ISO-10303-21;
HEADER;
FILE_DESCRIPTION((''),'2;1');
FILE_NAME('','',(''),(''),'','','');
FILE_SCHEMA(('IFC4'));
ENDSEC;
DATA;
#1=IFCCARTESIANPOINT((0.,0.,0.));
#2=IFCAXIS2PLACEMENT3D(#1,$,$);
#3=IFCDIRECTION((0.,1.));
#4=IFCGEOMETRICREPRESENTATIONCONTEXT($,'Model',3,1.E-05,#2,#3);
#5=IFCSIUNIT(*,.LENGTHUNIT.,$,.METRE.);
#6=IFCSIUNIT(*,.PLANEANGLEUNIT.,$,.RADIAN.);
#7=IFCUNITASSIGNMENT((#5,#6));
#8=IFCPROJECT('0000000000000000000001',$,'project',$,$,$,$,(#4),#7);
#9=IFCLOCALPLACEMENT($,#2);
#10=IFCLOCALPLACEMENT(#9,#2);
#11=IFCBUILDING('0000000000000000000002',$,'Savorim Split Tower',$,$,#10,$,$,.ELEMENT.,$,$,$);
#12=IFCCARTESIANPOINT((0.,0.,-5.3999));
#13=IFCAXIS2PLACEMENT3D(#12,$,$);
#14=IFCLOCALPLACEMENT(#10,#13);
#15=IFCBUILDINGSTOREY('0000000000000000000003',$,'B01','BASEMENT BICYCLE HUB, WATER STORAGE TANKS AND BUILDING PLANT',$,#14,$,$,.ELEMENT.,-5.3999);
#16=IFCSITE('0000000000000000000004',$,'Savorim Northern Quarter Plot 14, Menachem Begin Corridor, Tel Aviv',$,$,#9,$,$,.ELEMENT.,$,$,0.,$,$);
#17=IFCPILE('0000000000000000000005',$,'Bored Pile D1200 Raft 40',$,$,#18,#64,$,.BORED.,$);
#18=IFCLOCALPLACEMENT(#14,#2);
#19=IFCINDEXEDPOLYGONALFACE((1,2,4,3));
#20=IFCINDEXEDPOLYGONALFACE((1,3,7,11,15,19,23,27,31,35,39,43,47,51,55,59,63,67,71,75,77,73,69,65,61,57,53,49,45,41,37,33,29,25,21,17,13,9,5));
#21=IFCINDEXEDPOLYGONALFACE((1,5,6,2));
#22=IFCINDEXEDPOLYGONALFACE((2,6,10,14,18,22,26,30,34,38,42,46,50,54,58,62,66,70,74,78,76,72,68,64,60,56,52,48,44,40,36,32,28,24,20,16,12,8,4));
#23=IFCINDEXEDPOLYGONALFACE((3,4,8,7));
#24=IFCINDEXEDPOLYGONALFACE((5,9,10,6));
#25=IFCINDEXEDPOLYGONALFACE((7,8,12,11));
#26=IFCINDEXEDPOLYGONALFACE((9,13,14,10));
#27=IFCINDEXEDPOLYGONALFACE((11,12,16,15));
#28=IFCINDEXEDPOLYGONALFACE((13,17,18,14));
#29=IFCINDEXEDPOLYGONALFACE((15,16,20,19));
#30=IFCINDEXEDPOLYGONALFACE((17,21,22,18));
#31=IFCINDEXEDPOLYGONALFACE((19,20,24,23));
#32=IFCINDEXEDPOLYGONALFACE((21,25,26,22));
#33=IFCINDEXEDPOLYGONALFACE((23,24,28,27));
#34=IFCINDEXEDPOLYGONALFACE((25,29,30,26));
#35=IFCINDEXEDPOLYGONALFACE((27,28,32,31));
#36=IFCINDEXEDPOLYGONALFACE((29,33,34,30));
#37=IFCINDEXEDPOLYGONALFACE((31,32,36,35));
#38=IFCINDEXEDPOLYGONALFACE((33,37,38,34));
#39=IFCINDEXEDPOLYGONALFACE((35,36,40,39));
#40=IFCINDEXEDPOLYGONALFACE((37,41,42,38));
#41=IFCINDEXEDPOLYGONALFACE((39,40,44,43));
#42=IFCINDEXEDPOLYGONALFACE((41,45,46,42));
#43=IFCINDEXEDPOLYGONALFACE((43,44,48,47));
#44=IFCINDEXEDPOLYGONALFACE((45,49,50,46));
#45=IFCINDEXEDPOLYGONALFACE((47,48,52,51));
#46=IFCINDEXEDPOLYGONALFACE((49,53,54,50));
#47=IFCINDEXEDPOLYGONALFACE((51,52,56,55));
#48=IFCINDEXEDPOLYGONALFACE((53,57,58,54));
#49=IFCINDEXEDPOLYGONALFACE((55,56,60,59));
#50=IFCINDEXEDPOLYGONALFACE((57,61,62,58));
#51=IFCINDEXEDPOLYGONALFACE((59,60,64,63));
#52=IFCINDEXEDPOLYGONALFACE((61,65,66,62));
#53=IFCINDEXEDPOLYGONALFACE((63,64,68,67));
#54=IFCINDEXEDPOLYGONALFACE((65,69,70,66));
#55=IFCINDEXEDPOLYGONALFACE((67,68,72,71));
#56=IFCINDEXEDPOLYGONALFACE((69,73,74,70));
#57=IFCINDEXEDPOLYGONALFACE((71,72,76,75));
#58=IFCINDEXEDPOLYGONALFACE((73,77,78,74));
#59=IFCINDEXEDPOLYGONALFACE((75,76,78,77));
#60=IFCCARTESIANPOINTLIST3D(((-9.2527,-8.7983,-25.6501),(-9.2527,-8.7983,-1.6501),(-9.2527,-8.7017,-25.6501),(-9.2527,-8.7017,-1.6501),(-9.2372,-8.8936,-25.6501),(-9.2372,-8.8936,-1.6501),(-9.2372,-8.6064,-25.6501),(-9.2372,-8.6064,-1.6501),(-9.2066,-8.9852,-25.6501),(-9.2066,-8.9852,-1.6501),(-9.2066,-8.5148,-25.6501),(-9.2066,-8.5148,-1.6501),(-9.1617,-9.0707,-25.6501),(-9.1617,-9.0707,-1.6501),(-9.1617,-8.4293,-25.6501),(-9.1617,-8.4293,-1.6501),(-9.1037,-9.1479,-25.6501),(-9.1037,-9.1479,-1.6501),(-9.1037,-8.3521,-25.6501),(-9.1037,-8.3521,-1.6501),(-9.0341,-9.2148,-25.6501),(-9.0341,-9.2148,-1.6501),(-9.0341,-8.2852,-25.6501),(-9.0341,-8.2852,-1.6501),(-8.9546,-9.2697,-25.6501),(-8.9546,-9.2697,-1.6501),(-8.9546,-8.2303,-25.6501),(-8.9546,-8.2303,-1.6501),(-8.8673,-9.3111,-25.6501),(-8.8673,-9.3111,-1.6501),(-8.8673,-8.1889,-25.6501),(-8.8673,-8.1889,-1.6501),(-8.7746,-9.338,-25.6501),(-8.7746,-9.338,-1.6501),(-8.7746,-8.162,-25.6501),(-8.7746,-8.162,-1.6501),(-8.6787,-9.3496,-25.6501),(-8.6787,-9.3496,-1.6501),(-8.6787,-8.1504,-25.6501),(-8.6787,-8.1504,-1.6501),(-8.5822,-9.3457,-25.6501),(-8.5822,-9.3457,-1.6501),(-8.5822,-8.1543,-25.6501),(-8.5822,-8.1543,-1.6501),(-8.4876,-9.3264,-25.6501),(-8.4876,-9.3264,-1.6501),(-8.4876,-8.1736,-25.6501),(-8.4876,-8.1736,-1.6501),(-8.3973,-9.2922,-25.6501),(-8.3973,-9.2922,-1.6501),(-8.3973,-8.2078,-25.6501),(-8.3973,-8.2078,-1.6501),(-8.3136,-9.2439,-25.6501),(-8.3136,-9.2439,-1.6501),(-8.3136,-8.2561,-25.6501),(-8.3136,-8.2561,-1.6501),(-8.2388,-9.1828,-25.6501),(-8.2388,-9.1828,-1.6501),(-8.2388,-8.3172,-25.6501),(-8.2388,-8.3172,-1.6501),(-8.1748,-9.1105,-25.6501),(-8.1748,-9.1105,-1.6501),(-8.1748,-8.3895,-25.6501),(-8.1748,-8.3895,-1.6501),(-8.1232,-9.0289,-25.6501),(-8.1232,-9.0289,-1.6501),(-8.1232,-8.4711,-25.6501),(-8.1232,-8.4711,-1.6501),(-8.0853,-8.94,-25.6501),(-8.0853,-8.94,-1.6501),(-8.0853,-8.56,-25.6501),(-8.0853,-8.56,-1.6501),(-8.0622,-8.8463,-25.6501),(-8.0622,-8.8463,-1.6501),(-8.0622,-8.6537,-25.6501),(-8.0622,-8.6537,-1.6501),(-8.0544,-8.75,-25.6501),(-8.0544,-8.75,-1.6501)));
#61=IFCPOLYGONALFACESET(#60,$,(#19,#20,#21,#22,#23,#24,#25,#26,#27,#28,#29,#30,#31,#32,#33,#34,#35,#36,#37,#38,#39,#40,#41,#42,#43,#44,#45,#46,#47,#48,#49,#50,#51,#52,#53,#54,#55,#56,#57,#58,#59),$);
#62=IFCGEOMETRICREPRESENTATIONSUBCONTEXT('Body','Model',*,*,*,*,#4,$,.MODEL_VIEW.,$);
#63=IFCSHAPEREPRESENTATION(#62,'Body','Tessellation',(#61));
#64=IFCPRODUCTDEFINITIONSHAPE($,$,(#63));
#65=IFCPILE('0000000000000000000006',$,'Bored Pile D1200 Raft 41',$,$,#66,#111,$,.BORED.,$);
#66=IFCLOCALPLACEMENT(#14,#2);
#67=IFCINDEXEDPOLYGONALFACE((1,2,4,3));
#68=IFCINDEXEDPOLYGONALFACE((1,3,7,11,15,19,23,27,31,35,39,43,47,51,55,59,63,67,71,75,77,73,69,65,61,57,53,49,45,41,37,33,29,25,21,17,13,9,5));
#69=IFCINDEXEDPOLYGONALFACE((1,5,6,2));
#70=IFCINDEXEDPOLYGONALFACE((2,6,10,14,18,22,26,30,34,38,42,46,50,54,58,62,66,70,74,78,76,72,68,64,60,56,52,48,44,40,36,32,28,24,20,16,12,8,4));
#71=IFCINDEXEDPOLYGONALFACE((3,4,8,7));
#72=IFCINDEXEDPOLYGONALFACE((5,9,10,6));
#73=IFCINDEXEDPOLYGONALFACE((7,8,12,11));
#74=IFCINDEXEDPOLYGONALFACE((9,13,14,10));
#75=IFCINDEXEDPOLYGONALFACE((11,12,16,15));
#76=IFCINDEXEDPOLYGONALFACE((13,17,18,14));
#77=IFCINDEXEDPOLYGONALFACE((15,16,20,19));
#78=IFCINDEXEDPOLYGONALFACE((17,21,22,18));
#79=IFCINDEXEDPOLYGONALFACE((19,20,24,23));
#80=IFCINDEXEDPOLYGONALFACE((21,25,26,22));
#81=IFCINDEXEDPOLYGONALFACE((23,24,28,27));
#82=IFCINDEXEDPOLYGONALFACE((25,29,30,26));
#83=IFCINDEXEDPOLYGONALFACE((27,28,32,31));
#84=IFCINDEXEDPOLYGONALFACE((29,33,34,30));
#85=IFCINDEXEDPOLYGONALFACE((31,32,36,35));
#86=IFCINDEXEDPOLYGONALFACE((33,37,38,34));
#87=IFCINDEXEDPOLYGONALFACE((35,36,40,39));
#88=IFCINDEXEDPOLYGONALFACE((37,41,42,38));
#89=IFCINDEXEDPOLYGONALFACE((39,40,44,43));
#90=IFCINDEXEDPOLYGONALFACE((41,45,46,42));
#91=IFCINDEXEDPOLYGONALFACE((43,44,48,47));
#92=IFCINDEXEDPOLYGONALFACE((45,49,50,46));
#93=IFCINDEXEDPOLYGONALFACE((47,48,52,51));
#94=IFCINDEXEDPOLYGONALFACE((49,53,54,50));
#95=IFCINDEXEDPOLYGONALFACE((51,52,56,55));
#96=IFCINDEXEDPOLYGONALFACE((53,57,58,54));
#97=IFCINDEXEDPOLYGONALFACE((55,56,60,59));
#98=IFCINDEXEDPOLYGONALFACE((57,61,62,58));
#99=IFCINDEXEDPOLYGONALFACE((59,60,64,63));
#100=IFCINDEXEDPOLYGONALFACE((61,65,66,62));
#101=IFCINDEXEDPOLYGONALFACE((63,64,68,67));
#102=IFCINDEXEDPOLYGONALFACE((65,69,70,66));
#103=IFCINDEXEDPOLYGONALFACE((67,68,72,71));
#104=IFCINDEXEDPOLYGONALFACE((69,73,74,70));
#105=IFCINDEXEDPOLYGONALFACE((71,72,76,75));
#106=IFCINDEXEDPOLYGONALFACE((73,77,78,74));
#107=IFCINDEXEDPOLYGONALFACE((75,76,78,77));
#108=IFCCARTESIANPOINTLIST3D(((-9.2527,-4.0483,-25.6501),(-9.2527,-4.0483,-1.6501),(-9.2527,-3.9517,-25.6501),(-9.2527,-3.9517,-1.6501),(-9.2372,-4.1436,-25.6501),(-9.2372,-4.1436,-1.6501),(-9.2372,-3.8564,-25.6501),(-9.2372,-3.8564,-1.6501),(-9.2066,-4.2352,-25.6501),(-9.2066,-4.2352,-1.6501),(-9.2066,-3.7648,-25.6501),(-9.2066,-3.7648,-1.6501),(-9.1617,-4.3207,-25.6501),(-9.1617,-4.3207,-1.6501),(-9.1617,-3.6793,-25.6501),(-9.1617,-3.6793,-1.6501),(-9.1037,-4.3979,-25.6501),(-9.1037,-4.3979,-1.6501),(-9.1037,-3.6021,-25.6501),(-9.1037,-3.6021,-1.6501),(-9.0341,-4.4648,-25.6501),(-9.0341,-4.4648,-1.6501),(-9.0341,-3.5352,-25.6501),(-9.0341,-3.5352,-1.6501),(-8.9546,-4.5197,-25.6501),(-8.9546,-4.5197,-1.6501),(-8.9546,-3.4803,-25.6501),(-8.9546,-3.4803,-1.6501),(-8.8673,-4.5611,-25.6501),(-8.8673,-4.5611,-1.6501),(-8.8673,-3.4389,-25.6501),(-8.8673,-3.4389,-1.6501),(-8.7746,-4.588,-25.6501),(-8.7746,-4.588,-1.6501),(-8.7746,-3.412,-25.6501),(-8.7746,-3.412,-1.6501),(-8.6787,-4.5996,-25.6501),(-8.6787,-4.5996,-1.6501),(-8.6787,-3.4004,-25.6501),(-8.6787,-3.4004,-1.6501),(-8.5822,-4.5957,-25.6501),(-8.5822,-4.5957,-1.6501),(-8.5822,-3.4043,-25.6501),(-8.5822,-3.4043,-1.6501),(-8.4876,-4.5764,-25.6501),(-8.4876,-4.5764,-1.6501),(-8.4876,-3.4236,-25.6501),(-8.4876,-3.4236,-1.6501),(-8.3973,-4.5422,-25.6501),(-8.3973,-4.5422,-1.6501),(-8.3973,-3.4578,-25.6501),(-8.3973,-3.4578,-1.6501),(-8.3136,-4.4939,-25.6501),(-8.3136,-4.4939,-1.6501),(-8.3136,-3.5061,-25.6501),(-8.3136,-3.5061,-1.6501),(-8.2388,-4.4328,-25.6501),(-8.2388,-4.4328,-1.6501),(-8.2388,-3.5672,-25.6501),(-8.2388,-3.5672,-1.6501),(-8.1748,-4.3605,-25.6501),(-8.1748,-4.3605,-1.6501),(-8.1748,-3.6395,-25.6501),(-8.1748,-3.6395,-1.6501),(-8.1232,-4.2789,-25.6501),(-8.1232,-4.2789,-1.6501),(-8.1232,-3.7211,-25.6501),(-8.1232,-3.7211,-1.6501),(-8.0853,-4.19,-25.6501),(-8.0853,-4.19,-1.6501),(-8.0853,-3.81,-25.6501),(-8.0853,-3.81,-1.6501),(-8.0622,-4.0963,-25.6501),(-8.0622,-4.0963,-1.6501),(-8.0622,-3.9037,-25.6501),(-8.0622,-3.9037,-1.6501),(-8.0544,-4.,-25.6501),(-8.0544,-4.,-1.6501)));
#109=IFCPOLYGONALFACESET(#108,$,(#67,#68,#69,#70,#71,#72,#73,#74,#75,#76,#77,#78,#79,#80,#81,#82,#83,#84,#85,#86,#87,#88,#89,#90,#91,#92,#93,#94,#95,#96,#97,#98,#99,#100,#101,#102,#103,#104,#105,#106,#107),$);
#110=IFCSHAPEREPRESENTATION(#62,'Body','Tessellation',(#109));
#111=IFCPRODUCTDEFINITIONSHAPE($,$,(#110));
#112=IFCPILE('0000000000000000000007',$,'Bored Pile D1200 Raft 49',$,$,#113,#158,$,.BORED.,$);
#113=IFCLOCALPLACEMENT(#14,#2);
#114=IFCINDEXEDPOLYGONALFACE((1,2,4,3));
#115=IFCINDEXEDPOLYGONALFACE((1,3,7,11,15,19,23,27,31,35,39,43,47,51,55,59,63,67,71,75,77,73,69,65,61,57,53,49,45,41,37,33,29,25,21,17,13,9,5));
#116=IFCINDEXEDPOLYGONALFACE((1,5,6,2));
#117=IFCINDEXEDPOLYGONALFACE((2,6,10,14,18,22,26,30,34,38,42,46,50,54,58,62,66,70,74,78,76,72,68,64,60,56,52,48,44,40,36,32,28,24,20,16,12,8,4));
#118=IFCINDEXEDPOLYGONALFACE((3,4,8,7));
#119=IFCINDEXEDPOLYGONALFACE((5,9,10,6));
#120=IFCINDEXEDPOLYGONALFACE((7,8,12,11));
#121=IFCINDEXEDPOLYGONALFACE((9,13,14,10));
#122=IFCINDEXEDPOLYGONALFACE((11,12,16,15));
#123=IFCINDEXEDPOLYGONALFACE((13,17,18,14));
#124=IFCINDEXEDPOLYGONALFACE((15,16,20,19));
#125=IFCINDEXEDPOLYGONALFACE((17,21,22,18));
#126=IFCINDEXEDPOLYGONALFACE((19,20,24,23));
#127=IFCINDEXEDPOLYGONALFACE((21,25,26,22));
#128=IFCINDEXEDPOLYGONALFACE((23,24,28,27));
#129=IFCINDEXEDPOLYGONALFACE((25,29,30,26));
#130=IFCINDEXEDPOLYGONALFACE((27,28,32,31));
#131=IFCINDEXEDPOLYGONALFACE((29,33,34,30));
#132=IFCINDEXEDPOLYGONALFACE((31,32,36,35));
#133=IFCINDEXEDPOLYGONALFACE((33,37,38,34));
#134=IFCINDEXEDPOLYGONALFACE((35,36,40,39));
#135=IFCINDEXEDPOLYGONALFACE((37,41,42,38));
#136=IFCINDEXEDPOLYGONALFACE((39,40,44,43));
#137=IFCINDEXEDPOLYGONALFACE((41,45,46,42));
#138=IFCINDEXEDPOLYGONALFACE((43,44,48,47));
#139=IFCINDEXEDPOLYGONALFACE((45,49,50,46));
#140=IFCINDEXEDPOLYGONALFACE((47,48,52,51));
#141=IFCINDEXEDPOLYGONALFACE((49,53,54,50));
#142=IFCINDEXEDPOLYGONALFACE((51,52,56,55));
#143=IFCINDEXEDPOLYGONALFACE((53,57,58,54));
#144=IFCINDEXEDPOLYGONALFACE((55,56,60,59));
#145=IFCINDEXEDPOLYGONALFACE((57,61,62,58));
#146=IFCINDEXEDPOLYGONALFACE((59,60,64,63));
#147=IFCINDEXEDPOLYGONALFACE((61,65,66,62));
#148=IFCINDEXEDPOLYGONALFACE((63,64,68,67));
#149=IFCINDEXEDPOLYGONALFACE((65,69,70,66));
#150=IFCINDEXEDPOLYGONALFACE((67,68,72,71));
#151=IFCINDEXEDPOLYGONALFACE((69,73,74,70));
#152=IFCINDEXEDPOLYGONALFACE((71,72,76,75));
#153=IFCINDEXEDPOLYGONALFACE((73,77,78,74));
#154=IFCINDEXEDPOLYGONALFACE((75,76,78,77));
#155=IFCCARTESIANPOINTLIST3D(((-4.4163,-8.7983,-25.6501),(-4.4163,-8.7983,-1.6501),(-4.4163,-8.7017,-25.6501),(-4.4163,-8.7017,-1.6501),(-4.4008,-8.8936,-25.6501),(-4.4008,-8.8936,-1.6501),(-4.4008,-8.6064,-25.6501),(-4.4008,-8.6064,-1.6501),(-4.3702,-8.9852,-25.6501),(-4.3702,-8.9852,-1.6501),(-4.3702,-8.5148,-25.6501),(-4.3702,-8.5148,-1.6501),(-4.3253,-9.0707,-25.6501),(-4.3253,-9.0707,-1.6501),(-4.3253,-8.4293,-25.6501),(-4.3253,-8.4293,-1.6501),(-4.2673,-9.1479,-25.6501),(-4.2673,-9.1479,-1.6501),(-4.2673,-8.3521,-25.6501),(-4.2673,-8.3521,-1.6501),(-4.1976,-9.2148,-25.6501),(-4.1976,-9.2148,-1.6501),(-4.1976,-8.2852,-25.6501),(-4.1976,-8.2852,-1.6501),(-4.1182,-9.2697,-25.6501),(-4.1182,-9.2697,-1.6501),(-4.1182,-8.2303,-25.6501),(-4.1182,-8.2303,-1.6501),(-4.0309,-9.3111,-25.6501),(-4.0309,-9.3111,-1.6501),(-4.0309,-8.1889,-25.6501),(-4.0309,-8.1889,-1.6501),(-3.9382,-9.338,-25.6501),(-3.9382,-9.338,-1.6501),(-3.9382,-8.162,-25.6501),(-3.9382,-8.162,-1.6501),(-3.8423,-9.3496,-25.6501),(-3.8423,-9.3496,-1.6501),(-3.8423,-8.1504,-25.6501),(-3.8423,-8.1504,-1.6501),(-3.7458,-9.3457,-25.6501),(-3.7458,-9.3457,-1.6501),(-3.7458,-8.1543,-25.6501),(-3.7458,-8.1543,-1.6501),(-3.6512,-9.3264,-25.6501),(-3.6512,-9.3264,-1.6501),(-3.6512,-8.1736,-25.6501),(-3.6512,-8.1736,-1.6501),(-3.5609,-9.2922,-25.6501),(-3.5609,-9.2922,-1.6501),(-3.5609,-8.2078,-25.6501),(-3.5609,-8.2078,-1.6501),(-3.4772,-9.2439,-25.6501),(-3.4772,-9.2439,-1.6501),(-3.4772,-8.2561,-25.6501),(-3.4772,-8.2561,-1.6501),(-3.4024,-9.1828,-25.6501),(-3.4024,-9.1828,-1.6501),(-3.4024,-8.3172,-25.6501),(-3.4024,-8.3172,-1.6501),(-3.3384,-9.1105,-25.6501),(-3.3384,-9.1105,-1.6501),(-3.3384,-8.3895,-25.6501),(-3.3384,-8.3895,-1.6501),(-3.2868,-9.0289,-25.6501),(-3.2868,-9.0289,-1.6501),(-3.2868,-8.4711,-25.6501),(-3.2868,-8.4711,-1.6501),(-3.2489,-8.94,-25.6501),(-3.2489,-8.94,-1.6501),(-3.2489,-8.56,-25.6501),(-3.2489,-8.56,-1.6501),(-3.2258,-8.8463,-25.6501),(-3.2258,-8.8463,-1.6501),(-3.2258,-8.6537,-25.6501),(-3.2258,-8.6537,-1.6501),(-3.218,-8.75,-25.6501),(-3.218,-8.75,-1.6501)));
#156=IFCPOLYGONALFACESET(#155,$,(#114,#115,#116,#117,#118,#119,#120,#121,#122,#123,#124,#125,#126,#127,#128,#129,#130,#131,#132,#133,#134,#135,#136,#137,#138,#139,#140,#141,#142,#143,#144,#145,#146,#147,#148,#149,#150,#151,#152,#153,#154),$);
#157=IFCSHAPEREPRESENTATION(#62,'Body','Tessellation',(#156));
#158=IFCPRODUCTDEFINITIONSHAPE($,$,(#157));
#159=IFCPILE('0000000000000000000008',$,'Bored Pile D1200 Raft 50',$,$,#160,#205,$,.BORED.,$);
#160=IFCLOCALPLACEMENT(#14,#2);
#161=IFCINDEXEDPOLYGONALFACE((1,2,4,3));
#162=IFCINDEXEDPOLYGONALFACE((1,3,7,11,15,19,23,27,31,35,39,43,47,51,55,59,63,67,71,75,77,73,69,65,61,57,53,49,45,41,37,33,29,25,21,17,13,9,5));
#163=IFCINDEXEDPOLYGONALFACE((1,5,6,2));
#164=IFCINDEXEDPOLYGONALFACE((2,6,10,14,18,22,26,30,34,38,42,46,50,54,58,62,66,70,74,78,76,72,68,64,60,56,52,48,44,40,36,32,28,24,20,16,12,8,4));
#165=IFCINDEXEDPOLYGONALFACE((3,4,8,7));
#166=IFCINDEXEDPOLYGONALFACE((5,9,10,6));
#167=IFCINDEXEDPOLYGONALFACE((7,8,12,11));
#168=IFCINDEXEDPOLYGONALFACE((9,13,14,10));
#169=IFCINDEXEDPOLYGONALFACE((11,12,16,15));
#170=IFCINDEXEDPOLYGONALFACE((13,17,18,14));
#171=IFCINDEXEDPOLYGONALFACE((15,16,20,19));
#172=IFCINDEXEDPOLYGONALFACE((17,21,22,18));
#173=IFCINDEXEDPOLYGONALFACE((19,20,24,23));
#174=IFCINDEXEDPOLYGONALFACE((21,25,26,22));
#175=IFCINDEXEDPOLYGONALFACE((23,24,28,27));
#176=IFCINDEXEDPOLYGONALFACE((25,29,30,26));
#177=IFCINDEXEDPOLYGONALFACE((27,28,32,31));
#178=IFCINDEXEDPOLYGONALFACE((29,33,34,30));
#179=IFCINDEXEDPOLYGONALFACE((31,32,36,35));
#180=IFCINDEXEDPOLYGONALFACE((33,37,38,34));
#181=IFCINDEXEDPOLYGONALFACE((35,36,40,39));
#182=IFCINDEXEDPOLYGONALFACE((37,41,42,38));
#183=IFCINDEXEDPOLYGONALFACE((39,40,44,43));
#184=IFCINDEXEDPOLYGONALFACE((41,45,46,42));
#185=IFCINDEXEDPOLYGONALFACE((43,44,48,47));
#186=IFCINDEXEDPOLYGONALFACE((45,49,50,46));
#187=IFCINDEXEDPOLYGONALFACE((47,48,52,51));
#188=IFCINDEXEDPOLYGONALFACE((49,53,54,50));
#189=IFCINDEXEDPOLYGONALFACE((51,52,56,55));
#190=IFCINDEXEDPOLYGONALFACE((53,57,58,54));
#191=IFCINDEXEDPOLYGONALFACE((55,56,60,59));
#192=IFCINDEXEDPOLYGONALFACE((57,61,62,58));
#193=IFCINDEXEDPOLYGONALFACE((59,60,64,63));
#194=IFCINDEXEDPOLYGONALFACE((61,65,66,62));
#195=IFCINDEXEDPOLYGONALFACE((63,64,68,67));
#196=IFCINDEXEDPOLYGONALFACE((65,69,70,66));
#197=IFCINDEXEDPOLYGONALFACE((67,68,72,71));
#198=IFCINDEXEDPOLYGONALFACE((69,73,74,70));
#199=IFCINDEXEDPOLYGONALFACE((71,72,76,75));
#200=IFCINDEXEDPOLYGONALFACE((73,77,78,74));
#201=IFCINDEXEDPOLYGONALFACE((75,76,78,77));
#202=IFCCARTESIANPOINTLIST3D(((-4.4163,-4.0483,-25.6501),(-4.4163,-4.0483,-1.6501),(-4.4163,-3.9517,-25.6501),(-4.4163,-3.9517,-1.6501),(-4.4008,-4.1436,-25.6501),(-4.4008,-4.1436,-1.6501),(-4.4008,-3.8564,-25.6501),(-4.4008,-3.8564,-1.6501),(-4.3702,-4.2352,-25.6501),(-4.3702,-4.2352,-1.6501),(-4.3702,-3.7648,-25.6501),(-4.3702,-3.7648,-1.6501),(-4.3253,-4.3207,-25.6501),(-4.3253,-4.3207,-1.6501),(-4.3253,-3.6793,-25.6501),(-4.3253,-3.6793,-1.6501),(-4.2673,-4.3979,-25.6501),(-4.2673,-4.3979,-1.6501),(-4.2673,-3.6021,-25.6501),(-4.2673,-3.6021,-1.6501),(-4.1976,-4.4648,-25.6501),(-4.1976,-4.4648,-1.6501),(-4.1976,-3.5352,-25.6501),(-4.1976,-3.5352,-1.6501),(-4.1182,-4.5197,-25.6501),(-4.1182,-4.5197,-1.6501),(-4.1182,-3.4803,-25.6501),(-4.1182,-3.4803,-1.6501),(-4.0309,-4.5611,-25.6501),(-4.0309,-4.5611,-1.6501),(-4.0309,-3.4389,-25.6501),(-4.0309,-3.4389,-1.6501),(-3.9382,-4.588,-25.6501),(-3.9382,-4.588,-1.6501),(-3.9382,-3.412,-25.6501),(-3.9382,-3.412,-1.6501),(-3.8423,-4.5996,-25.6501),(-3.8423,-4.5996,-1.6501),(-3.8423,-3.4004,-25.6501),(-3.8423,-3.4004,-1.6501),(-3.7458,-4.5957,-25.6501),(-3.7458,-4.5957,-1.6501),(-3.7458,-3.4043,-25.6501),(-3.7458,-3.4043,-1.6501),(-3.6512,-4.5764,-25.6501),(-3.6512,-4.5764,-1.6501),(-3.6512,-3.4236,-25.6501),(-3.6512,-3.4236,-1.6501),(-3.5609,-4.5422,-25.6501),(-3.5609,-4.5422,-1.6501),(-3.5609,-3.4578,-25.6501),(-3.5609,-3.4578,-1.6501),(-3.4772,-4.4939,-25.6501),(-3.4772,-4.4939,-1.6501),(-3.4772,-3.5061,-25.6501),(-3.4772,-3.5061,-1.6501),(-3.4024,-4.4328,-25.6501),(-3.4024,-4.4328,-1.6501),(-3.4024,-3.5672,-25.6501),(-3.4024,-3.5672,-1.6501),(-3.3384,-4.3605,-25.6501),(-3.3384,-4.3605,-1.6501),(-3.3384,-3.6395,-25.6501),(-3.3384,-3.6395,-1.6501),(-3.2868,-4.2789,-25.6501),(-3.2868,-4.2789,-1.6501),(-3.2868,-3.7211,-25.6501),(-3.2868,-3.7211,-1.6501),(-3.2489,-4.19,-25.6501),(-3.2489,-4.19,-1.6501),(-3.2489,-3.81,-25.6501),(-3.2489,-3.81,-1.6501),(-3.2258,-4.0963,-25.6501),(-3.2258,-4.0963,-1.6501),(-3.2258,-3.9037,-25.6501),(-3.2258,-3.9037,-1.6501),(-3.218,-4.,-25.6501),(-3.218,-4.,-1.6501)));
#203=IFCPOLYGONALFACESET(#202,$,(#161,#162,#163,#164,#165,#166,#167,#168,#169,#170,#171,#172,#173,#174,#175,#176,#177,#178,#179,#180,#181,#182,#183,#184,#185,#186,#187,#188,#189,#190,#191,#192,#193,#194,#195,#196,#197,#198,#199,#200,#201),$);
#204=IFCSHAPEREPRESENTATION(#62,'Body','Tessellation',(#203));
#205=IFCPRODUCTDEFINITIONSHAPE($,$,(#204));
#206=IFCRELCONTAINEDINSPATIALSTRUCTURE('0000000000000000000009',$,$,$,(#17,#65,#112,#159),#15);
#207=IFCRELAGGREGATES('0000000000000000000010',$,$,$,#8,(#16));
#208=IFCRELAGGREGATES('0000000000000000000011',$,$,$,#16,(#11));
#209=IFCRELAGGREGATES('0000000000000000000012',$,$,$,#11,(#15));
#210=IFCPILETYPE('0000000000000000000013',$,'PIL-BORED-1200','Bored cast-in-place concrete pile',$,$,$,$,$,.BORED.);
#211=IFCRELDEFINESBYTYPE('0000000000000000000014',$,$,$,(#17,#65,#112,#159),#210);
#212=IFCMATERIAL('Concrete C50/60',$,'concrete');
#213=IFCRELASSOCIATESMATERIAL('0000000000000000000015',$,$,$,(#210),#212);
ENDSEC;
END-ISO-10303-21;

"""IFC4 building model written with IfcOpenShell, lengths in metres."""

from ifc_helpers import new_model, si_unit, direction, frame, origin, origin_2d, place, context, subcontext, project, spatial, circle, extrude, material, material_profile, profile_set, type_object, element, save


model = new_model("IFC4")

# Units and contexts
model_context = context("Model", 3, precision=1e-05, world=origin(), true_north=direction((0.0, 1.0)))
body_context = subcontext(model_context, "Body", "Model", "MODEL_VIEW")
ifc_project = project(units=[si_unit("LENGTHUNIT", "METRE"), si_unit("PLANEANGLEUNIT", "RADIAN")], contexts=[model_context])

# Site, building, storey
site_placement = place(None, origin())
site = spatial("IfcSite", under=ifc_project, at=site_placement, Name="Savorim Northern Quarter Plot 14, Menachem Begin Corridor, Tel Aviv", CompositionType="ELEMENT", RefElevation=0.0)
building_placement = place(site_placement, origin())
building = spatial("IfcBuilding", under=site, at=building_placement, Name="Savorim Split Tower", CompositionType="ELEMENT")
storey_placement = place(building_placement, frame((0.0, 0.0, -5.3999)))
storey = spatial("IfcBuildingStorey", under=building, at=storey_placement, Name="B01", Description="BASEMENT BICYCLE HUB, WATER STORAGE TANKS AND BUILDING PLANT", CompositionType="ELEMENT", Elevation=-5.3999)

# Piles
ifc_material_1 = material(Name="Concrete C50/60", Category="concrete")
ifc_material_profile = material_profile(ifc_material_1, circle(Radius=0.6001, at=origin_2d()), Name="PILE D1200")
ifc_profile_set = profile_set([ifc_material_profile], Name="Concrete C50/60")
pile_type = type_object("IfcPileType", Name="PIL-BORED-1200", Description="Bored cast-in-place concrete pile", PredefinedType="BORED", material=ifc_profile_set)
for number, where, z_axis, x_axis, name in (
    (1, (-8.6545, -8.75, -1.6501), (0.0, 0.0, -1.0), (1.0, 0.0, 0.0), "Bored Pile D1200 Raft 40"),
    (2, (-8.6545, -4.0, -1.6501), (0.0, 0.0, -1.0), (1.0, 0.0, 0.0), "Bored Pile D1200 Raft 41"),
    (3, (-3.8181, -8.75, -1.6501), (0.0, 0.0, -1.0), (1.0, 0.0, 0.0), "Bored Pile D1200 Raft 49"),
    (4, (-3.8181, -4.0, -1.6501), (0.0, 0.0, -1.0), (1.0, 0.0, 0.0), "Bored Pile D1200 Raft 50"),
):
    element("IfcPile", number, at=place(storey_placement, frame(where, z_axis=z_axis, x_axis=x_axis)), inside=storey, type_object=pile_type, Name=name, PredefinedType="BORED", context=body_context, shape_type="SweptSolid", body=[
        extrude(circle(Radius=0.6001, at=origin_2d()), origin(), (0.0, 0.0, 1.0), 24.0),
    ])

save(model, "model.ifc")
